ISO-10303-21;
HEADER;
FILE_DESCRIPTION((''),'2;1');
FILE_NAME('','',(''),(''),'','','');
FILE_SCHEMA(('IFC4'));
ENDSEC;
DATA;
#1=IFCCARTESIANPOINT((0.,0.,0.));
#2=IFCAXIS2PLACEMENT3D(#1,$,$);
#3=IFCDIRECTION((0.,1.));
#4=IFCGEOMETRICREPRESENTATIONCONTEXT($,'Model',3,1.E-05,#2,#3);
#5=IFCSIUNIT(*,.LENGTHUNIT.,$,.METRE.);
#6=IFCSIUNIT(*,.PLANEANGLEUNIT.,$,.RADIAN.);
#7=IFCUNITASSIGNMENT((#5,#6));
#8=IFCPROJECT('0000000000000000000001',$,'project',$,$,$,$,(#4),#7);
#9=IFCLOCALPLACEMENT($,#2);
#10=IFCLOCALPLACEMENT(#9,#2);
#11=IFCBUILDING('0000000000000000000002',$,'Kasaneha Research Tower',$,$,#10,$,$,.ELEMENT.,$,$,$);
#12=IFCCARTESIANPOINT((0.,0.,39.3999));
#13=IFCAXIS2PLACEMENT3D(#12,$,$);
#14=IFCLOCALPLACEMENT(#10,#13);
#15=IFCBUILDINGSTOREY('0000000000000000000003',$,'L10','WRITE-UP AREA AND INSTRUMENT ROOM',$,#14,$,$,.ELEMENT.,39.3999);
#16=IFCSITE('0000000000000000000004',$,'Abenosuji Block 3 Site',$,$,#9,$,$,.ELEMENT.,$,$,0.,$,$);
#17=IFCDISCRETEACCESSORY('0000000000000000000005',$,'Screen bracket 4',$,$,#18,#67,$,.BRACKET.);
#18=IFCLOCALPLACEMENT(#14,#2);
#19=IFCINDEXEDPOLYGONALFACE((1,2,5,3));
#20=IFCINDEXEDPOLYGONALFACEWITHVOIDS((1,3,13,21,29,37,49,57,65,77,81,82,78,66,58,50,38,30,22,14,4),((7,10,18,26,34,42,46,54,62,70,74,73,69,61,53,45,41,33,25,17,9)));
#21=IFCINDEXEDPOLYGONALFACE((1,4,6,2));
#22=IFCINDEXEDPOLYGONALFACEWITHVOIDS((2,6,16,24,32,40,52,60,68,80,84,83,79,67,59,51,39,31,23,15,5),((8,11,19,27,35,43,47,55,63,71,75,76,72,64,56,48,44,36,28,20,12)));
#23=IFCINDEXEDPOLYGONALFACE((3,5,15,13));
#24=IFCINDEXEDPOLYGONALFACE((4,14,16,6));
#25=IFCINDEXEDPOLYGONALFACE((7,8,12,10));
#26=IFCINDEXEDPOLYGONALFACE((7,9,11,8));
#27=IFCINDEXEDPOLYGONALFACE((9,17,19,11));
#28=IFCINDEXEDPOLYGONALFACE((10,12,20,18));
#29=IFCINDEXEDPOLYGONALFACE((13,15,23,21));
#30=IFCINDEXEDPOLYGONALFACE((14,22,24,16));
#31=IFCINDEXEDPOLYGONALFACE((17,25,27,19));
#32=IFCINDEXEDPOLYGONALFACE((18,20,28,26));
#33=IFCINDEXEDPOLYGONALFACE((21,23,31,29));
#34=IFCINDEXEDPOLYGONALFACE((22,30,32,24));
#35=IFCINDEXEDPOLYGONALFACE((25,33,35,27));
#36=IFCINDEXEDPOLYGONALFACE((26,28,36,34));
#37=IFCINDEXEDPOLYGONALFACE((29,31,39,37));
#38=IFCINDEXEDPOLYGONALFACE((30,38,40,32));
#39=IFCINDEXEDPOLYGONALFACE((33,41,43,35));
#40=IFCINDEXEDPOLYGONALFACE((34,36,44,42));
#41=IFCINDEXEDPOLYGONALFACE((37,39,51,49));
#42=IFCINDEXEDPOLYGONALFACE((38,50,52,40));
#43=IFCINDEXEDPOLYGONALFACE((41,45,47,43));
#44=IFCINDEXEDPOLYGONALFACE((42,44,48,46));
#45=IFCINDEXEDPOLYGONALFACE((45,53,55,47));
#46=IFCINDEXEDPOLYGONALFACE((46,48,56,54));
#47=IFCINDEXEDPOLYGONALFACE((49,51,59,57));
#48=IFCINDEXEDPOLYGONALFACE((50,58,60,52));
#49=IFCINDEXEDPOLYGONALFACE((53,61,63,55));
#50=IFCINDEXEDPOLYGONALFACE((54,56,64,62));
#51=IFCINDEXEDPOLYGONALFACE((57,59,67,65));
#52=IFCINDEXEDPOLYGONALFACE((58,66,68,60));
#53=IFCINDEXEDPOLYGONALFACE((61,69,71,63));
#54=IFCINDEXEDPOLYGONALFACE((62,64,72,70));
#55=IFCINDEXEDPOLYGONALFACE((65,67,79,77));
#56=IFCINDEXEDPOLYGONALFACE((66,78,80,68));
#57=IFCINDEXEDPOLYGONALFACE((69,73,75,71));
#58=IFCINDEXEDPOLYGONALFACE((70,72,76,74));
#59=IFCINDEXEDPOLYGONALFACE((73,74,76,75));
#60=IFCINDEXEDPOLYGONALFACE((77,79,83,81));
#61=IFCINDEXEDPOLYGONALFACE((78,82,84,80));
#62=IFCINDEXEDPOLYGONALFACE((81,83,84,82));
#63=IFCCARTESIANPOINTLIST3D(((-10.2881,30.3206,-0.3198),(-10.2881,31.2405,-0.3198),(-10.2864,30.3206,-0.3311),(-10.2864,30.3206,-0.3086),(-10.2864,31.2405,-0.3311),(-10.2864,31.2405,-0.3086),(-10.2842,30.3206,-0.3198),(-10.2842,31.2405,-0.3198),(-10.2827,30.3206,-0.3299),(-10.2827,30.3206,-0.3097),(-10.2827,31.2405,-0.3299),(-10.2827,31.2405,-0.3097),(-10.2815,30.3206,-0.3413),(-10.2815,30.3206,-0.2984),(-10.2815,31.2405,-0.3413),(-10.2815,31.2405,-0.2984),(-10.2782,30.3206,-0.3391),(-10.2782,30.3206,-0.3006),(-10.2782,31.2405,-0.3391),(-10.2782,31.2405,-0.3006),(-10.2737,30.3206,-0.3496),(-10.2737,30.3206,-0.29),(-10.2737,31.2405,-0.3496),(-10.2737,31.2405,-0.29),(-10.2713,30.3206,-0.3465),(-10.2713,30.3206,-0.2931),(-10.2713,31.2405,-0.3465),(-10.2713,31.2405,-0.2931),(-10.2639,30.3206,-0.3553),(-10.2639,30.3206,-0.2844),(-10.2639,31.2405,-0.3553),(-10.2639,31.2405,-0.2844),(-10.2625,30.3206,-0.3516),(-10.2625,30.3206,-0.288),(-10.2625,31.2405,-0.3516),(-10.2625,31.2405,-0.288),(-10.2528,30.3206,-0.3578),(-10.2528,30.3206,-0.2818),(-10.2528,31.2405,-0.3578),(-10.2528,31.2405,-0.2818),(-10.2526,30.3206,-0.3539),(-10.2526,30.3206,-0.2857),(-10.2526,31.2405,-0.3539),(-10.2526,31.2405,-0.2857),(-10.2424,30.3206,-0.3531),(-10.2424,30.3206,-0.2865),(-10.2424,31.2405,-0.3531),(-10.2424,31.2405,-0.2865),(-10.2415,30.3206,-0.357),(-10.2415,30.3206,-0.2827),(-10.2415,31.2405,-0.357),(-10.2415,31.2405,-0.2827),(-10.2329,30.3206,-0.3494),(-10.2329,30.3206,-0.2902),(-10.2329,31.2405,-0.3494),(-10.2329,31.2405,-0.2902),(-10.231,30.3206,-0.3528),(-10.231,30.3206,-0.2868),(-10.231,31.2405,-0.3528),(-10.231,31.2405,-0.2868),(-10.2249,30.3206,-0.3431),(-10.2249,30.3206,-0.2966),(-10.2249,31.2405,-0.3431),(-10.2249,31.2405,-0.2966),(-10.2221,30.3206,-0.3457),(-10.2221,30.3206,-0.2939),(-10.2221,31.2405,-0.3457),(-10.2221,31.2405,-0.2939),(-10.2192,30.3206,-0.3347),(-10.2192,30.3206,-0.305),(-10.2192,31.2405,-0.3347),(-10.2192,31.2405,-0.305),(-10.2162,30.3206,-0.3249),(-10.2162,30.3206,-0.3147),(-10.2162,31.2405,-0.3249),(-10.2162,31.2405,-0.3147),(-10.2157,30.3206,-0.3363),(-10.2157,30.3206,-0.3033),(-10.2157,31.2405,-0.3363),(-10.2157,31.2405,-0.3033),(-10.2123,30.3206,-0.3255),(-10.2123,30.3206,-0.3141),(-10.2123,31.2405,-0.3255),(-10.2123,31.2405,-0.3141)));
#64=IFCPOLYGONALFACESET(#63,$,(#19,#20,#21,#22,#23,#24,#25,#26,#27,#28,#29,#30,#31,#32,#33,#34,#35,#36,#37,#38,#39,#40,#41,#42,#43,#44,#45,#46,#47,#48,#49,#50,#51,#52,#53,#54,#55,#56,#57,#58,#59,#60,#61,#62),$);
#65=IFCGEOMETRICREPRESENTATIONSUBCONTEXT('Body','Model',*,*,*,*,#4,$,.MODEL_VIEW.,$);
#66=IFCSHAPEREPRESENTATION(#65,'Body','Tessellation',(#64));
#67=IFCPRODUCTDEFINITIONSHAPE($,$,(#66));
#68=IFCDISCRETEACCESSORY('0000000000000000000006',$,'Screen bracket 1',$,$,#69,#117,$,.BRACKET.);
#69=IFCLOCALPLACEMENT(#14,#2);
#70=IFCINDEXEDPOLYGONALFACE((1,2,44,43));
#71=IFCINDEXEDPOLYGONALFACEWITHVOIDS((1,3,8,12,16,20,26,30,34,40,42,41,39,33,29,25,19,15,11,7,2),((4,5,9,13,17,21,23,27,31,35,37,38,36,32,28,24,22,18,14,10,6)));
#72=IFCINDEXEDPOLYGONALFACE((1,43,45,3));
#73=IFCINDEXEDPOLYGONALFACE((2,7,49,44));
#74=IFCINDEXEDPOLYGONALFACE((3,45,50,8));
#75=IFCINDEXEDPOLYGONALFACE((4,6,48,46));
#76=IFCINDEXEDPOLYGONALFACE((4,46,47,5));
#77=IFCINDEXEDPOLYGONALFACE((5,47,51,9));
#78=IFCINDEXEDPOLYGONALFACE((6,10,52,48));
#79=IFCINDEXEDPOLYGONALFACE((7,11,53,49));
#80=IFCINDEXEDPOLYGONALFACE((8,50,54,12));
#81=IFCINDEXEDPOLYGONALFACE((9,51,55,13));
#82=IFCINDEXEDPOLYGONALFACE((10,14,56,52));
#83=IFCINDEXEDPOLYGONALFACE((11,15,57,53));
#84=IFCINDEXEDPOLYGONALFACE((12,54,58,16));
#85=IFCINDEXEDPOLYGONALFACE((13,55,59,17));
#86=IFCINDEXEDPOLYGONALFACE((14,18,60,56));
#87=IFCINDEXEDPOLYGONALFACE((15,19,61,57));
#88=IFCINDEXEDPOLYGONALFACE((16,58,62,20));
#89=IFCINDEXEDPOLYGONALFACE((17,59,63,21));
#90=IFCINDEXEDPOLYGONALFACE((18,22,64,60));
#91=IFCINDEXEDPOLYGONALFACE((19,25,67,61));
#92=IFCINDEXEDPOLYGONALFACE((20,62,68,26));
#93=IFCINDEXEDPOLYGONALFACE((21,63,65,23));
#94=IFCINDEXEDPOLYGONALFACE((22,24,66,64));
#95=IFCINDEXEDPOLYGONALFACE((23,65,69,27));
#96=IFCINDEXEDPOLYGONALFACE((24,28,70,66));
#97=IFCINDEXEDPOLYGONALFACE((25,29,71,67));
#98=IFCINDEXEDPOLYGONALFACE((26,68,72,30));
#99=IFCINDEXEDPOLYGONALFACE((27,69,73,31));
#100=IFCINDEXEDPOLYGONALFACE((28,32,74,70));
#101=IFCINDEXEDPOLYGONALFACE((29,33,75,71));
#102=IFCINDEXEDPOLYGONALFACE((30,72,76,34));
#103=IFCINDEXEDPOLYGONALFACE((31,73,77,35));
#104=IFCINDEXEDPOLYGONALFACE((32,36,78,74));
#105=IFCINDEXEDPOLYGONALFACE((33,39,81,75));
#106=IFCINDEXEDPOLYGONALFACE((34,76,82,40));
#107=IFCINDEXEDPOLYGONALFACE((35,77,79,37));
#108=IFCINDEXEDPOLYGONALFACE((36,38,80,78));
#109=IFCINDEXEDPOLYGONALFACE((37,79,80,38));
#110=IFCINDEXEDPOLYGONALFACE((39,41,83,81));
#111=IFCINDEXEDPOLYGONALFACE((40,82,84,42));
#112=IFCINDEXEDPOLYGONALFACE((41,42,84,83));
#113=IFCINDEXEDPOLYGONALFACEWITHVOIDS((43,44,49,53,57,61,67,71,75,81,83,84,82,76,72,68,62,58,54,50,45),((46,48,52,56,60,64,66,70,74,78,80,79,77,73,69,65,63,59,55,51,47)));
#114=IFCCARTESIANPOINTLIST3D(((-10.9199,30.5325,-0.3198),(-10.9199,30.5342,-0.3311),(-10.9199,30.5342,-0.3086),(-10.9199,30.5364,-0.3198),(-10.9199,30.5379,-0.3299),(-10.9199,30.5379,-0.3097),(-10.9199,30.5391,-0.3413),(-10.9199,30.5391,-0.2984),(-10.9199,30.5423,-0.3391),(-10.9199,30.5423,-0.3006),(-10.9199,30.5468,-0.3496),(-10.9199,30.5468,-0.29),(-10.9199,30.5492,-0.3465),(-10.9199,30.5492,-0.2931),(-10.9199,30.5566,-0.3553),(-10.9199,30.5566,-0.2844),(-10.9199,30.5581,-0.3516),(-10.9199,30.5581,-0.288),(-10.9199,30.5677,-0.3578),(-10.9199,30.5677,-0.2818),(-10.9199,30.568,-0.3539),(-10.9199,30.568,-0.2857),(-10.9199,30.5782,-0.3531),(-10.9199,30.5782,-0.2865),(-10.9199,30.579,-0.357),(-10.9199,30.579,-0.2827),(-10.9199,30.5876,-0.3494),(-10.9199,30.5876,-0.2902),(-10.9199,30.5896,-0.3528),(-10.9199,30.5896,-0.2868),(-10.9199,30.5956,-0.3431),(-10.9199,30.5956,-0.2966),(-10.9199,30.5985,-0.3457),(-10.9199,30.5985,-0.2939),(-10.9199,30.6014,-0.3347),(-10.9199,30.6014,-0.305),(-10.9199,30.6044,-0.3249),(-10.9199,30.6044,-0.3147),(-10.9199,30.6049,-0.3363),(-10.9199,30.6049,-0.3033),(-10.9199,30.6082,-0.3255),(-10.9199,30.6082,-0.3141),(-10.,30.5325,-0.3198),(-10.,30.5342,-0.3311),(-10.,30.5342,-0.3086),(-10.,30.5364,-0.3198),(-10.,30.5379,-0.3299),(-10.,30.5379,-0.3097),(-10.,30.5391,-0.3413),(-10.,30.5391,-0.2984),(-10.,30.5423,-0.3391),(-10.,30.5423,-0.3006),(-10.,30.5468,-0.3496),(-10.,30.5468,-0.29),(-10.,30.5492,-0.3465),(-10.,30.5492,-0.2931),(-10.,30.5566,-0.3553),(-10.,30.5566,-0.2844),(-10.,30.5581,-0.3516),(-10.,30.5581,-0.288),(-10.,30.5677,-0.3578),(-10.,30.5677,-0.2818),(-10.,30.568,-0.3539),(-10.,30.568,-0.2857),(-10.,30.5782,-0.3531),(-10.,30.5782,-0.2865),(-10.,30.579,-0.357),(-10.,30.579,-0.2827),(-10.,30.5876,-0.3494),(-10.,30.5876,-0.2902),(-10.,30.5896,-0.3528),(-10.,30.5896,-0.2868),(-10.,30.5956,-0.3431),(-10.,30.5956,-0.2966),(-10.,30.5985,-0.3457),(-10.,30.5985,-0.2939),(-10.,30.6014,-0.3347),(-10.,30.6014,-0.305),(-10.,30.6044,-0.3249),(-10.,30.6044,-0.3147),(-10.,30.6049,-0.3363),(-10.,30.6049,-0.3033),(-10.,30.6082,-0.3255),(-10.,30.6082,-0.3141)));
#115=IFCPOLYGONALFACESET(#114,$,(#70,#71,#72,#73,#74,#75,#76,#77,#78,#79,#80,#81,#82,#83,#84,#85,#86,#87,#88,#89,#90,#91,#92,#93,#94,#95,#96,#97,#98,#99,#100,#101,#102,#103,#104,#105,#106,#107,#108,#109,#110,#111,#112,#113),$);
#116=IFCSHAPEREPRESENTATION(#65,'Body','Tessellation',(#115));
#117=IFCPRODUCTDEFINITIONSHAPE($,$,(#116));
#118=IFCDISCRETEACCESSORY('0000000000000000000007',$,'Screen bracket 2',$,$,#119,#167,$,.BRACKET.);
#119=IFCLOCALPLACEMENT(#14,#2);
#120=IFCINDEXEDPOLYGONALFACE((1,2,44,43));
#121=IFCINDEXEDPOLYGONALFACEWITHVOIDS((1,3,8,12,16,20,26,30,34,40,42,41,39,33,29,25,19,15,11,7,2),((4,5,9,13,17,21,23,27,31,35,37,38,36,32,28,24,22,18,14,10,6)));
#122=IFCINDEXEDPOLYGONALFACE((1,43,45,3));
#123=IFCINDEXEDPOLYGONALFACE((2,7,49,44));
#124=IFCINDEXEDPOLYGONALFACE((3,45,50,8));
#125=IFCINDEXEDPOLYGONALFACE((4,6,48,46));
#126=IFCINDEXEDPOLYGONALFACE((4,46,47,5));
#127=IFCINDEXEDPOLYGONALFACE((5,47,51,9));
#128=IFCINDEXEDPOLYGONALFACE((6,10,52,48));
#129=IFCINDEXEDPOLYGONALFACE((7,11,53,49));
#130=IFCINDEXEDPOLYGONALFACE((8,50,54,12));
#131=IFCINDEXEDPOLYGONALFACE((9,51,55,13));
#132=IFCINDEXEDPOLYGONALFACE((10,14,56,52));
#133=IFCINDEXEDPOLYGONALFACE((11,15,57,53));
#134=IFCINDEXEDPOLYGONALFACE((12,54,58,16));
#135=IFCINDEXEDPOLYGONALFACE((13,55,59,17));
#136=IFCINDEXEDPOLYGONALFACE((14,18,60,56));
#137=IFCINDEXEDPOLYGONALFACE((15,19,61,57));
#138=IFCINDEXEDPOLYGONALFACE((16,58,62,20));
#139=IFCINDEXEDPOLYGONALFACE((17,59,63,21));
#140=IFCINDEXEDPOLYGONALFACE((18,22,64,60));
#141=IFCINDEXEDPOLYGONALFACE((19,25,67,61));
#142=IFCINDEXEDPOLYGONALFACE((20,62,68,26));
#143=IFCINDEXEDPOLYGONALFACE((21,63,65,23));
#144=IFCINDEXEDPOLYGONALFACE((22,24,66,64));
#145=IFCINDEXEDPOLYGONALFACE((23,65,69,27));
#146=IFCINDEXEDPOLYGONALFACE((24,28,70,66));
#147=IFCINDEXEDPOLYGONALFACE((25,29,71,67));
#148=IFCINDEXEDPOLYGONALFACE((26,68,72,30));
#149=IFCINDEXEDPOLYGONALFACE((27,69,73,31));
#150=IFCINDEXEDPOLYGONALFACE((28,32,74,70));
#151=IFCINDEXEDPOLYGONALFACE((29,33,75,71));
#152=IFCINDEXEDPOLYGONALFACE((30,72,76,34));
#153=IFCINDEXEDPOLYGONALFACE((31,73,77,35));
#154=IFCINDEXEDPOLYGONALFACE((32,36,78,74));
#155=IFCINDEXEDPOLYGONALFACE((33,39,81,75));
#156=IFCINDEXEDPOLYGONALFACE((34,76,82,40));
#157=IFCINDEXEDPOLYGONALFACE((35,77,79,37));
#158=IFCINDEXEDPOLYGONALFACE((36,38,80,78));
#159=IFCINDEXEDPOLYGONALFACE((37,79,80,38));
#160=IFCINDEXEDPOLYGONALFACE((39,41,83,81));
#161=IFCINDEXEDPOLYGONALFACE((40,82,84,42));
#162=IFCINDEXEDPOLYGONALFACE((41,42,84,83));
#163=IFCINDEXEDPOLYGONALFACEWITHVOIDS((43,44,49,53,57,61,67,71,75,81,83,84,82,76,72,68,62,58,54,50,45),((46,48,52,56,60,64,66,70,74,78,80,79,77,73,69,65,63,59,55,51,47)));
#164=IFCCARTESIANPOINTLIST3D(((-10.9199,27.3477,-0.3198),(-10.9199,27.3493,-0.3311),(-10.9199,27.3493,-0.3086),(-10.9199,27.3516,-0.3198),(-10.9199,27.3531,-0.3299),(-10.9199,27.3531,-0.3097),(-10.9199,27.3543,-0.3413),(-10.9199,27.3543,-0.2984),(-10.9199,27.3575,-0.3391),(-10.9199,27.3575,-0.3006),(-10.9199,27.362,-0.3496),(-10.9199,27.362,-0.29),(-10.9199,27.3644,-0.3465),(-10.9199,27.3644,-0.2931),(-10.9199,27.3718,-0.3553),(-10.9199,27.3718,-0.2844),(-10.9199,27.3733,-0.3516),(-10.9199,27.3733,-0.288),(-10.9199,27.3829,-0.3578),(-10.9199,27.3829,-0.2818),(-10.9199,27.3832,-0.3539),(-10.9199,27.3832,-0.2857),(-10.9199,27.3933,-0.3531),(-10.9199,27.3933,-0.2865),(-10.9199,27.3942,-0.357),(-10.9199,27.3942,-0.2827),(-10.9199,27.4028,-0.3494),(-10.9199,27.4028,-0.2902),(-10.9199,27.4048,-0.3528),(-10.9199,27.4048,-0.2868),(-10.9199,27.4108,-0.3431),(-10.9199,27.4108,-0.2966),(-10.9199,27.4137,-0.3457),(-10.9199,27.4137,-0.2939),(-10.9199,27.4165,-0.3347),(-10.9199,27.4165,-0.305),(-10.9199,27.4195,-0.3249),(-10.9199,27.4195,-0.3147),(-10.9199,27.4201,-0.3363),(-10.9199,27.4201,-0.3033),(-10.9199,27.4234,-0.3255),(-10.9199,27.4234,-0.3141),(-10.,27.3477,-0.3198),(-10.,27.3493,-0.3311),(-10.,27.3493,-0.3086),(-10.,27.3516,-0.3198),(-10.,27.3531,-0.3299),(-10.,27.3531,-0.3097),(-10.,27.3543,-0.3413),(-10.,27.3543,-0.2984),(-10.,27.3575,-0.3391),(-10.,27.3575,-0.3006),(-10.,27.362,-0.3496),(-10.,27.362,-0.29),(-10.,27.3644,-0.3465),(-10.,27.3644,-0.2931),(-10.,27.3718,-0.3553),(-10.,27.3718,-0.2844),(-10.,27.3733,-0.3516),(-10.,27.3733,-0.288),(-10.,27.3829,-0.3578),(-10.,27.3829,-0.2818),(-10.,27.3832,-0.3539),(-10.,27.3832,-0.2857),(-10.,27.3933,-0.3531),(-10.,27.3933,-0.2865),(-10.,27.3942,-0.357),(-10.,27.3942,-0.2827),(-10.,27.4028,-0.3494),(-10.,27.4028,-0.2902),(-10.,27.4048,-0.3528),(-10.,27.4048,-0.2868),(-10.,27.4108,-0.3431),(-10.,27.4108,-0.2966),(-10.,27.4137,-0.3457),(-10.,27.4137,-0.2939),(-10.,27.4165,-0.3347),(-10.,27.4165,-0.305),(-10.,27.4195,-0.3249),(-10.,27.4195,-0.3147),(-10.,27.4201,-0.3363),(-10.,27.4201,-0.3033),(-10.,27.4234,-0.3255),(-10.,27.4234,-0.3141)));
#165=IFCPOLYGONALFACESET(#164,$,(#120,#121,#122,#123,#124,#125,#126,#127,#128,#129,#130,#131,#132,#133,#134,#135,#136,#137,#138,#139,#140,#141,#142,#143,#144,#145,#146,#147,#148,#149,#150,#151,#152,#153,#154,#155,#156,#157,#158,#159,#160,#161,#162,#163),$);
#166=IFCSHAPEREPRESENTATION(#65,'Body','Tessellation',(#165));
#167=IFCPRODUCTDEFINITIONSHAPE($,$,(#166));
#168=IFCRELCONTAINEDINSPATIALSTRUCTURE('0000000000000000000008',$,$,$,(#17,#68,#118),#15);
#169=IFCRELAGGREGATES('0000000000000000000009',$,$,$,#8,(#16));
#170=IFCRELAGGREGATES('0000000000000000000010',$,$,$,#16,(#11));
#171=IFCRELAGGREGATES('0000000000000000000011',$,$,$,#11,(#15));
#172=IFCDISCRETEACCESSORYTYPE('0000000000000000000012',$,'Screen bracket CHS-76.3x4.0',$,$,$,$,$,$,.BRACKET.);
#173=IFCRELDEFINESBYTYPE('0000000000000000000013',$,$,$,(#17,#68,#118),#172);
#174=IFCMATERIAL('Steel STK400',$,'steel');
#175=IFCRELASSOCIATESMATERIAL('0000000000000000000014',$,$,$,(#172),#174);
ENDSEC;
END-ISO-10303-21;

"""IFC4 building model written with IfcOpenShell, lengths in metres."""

from ifc_helpers import new_model, si_unit, direction, frame, origin, origin_2d, place, context, subcontext, project, spatial, hollow_circle, extrude, material, material_profile, profile_set, type_object, element, save


model = new_model("IFC4")

# Units and contexts
model_context = context("Model", 3, precision=1e-05, world=origin(), true_north=direction((0.0, 1.0)))
body_context = subcontext(model_context, "Body", "Model", "MODEL_VIEW")
ifc_project = project(units=[si_unit("LENGTHUNIT", "METRE"), si_unit("PLANEANGLEUNIT", "RADIAN")], contexts=[model_context])

# Site, building, storey
site_placement = place(None, origin())
site = spatial("IfcSite", under=ifc_project, at=site_placement, Name="Abenosuji Block 3 Site", CompositionType="ELEMENT", RefElevation=0.0)
building_placement = place(site_placement, origin())
building = spatial("IfcBuilding", under=site, at=building_placement, Name="Kasaneha Research Tower", CompositionType="ELEMENT")
storey_placement = place(building_placement, frame((0.0, 0.0, 39.3999)))
storey = spatial("IfcBuildingStorey", under=building, at=storey_placement, Name="L10", Description="WRITE-UP AREA AND INSTRUMENT ROOM", CompositionType="ELEMENT", Elevation=39.3999)

# Discrete accessories
ifc_material_1 = material(Name="Steel STK400", Category="steel")
ifc_material_profile_1 = material_profile(ifc_material_1, hollow_circle(Radius=0.0381, WallThickness=0.0039, at=origin_2d()), Name="CHS-76.3x4.0")
ifc_profile_set_1 = profile_set([ifc_material_profile_1], Name="Steel STK400")
discrete_accessory_type = type_object("IfcDiscreteAccessoryType", Name="Screen bracket CHS-76.3x4.0", PredefinedType="BRACKET", material=ifc_profile_set_1)
for number, where, z_axis, x_axis, name in (
    (1, (-10.25, 30.3206, -0.3198), (0.0, 1.0, 0.0), (-1.0, 0.0, 0.0), "Screen bracket 4"),
    (2, (-10.0, 30.5706, -0.3198), (-1.0, 0.0, 0.0), (0.0, -1.0, 0.0), "Screen bracket 1"),
    (3, (-10.0, 27.3857, -0.3198), (-1.0, 0.0, 0.0), (0.0, -1.0, 0.0), "Screen bracket 2"),
):
    element("IfcDiscreteAccessory", number, at=place(storey_placement, frame(where, z_axis=z_axis, x_axis=x_axis)), inside=storey, type_object=discrete_accessory_type, Name=name, PredefinedType="BRACKET", context=body_context, shape_type="SweptSolid", body=[
        extrude(hollow_circle(Radius=0.0381, WallThickness=0.0039, at=origin_2d()), origin(), (0.0, 0.0, 1.0), 0.9199),
    ])

save(model, "model.ifc")
